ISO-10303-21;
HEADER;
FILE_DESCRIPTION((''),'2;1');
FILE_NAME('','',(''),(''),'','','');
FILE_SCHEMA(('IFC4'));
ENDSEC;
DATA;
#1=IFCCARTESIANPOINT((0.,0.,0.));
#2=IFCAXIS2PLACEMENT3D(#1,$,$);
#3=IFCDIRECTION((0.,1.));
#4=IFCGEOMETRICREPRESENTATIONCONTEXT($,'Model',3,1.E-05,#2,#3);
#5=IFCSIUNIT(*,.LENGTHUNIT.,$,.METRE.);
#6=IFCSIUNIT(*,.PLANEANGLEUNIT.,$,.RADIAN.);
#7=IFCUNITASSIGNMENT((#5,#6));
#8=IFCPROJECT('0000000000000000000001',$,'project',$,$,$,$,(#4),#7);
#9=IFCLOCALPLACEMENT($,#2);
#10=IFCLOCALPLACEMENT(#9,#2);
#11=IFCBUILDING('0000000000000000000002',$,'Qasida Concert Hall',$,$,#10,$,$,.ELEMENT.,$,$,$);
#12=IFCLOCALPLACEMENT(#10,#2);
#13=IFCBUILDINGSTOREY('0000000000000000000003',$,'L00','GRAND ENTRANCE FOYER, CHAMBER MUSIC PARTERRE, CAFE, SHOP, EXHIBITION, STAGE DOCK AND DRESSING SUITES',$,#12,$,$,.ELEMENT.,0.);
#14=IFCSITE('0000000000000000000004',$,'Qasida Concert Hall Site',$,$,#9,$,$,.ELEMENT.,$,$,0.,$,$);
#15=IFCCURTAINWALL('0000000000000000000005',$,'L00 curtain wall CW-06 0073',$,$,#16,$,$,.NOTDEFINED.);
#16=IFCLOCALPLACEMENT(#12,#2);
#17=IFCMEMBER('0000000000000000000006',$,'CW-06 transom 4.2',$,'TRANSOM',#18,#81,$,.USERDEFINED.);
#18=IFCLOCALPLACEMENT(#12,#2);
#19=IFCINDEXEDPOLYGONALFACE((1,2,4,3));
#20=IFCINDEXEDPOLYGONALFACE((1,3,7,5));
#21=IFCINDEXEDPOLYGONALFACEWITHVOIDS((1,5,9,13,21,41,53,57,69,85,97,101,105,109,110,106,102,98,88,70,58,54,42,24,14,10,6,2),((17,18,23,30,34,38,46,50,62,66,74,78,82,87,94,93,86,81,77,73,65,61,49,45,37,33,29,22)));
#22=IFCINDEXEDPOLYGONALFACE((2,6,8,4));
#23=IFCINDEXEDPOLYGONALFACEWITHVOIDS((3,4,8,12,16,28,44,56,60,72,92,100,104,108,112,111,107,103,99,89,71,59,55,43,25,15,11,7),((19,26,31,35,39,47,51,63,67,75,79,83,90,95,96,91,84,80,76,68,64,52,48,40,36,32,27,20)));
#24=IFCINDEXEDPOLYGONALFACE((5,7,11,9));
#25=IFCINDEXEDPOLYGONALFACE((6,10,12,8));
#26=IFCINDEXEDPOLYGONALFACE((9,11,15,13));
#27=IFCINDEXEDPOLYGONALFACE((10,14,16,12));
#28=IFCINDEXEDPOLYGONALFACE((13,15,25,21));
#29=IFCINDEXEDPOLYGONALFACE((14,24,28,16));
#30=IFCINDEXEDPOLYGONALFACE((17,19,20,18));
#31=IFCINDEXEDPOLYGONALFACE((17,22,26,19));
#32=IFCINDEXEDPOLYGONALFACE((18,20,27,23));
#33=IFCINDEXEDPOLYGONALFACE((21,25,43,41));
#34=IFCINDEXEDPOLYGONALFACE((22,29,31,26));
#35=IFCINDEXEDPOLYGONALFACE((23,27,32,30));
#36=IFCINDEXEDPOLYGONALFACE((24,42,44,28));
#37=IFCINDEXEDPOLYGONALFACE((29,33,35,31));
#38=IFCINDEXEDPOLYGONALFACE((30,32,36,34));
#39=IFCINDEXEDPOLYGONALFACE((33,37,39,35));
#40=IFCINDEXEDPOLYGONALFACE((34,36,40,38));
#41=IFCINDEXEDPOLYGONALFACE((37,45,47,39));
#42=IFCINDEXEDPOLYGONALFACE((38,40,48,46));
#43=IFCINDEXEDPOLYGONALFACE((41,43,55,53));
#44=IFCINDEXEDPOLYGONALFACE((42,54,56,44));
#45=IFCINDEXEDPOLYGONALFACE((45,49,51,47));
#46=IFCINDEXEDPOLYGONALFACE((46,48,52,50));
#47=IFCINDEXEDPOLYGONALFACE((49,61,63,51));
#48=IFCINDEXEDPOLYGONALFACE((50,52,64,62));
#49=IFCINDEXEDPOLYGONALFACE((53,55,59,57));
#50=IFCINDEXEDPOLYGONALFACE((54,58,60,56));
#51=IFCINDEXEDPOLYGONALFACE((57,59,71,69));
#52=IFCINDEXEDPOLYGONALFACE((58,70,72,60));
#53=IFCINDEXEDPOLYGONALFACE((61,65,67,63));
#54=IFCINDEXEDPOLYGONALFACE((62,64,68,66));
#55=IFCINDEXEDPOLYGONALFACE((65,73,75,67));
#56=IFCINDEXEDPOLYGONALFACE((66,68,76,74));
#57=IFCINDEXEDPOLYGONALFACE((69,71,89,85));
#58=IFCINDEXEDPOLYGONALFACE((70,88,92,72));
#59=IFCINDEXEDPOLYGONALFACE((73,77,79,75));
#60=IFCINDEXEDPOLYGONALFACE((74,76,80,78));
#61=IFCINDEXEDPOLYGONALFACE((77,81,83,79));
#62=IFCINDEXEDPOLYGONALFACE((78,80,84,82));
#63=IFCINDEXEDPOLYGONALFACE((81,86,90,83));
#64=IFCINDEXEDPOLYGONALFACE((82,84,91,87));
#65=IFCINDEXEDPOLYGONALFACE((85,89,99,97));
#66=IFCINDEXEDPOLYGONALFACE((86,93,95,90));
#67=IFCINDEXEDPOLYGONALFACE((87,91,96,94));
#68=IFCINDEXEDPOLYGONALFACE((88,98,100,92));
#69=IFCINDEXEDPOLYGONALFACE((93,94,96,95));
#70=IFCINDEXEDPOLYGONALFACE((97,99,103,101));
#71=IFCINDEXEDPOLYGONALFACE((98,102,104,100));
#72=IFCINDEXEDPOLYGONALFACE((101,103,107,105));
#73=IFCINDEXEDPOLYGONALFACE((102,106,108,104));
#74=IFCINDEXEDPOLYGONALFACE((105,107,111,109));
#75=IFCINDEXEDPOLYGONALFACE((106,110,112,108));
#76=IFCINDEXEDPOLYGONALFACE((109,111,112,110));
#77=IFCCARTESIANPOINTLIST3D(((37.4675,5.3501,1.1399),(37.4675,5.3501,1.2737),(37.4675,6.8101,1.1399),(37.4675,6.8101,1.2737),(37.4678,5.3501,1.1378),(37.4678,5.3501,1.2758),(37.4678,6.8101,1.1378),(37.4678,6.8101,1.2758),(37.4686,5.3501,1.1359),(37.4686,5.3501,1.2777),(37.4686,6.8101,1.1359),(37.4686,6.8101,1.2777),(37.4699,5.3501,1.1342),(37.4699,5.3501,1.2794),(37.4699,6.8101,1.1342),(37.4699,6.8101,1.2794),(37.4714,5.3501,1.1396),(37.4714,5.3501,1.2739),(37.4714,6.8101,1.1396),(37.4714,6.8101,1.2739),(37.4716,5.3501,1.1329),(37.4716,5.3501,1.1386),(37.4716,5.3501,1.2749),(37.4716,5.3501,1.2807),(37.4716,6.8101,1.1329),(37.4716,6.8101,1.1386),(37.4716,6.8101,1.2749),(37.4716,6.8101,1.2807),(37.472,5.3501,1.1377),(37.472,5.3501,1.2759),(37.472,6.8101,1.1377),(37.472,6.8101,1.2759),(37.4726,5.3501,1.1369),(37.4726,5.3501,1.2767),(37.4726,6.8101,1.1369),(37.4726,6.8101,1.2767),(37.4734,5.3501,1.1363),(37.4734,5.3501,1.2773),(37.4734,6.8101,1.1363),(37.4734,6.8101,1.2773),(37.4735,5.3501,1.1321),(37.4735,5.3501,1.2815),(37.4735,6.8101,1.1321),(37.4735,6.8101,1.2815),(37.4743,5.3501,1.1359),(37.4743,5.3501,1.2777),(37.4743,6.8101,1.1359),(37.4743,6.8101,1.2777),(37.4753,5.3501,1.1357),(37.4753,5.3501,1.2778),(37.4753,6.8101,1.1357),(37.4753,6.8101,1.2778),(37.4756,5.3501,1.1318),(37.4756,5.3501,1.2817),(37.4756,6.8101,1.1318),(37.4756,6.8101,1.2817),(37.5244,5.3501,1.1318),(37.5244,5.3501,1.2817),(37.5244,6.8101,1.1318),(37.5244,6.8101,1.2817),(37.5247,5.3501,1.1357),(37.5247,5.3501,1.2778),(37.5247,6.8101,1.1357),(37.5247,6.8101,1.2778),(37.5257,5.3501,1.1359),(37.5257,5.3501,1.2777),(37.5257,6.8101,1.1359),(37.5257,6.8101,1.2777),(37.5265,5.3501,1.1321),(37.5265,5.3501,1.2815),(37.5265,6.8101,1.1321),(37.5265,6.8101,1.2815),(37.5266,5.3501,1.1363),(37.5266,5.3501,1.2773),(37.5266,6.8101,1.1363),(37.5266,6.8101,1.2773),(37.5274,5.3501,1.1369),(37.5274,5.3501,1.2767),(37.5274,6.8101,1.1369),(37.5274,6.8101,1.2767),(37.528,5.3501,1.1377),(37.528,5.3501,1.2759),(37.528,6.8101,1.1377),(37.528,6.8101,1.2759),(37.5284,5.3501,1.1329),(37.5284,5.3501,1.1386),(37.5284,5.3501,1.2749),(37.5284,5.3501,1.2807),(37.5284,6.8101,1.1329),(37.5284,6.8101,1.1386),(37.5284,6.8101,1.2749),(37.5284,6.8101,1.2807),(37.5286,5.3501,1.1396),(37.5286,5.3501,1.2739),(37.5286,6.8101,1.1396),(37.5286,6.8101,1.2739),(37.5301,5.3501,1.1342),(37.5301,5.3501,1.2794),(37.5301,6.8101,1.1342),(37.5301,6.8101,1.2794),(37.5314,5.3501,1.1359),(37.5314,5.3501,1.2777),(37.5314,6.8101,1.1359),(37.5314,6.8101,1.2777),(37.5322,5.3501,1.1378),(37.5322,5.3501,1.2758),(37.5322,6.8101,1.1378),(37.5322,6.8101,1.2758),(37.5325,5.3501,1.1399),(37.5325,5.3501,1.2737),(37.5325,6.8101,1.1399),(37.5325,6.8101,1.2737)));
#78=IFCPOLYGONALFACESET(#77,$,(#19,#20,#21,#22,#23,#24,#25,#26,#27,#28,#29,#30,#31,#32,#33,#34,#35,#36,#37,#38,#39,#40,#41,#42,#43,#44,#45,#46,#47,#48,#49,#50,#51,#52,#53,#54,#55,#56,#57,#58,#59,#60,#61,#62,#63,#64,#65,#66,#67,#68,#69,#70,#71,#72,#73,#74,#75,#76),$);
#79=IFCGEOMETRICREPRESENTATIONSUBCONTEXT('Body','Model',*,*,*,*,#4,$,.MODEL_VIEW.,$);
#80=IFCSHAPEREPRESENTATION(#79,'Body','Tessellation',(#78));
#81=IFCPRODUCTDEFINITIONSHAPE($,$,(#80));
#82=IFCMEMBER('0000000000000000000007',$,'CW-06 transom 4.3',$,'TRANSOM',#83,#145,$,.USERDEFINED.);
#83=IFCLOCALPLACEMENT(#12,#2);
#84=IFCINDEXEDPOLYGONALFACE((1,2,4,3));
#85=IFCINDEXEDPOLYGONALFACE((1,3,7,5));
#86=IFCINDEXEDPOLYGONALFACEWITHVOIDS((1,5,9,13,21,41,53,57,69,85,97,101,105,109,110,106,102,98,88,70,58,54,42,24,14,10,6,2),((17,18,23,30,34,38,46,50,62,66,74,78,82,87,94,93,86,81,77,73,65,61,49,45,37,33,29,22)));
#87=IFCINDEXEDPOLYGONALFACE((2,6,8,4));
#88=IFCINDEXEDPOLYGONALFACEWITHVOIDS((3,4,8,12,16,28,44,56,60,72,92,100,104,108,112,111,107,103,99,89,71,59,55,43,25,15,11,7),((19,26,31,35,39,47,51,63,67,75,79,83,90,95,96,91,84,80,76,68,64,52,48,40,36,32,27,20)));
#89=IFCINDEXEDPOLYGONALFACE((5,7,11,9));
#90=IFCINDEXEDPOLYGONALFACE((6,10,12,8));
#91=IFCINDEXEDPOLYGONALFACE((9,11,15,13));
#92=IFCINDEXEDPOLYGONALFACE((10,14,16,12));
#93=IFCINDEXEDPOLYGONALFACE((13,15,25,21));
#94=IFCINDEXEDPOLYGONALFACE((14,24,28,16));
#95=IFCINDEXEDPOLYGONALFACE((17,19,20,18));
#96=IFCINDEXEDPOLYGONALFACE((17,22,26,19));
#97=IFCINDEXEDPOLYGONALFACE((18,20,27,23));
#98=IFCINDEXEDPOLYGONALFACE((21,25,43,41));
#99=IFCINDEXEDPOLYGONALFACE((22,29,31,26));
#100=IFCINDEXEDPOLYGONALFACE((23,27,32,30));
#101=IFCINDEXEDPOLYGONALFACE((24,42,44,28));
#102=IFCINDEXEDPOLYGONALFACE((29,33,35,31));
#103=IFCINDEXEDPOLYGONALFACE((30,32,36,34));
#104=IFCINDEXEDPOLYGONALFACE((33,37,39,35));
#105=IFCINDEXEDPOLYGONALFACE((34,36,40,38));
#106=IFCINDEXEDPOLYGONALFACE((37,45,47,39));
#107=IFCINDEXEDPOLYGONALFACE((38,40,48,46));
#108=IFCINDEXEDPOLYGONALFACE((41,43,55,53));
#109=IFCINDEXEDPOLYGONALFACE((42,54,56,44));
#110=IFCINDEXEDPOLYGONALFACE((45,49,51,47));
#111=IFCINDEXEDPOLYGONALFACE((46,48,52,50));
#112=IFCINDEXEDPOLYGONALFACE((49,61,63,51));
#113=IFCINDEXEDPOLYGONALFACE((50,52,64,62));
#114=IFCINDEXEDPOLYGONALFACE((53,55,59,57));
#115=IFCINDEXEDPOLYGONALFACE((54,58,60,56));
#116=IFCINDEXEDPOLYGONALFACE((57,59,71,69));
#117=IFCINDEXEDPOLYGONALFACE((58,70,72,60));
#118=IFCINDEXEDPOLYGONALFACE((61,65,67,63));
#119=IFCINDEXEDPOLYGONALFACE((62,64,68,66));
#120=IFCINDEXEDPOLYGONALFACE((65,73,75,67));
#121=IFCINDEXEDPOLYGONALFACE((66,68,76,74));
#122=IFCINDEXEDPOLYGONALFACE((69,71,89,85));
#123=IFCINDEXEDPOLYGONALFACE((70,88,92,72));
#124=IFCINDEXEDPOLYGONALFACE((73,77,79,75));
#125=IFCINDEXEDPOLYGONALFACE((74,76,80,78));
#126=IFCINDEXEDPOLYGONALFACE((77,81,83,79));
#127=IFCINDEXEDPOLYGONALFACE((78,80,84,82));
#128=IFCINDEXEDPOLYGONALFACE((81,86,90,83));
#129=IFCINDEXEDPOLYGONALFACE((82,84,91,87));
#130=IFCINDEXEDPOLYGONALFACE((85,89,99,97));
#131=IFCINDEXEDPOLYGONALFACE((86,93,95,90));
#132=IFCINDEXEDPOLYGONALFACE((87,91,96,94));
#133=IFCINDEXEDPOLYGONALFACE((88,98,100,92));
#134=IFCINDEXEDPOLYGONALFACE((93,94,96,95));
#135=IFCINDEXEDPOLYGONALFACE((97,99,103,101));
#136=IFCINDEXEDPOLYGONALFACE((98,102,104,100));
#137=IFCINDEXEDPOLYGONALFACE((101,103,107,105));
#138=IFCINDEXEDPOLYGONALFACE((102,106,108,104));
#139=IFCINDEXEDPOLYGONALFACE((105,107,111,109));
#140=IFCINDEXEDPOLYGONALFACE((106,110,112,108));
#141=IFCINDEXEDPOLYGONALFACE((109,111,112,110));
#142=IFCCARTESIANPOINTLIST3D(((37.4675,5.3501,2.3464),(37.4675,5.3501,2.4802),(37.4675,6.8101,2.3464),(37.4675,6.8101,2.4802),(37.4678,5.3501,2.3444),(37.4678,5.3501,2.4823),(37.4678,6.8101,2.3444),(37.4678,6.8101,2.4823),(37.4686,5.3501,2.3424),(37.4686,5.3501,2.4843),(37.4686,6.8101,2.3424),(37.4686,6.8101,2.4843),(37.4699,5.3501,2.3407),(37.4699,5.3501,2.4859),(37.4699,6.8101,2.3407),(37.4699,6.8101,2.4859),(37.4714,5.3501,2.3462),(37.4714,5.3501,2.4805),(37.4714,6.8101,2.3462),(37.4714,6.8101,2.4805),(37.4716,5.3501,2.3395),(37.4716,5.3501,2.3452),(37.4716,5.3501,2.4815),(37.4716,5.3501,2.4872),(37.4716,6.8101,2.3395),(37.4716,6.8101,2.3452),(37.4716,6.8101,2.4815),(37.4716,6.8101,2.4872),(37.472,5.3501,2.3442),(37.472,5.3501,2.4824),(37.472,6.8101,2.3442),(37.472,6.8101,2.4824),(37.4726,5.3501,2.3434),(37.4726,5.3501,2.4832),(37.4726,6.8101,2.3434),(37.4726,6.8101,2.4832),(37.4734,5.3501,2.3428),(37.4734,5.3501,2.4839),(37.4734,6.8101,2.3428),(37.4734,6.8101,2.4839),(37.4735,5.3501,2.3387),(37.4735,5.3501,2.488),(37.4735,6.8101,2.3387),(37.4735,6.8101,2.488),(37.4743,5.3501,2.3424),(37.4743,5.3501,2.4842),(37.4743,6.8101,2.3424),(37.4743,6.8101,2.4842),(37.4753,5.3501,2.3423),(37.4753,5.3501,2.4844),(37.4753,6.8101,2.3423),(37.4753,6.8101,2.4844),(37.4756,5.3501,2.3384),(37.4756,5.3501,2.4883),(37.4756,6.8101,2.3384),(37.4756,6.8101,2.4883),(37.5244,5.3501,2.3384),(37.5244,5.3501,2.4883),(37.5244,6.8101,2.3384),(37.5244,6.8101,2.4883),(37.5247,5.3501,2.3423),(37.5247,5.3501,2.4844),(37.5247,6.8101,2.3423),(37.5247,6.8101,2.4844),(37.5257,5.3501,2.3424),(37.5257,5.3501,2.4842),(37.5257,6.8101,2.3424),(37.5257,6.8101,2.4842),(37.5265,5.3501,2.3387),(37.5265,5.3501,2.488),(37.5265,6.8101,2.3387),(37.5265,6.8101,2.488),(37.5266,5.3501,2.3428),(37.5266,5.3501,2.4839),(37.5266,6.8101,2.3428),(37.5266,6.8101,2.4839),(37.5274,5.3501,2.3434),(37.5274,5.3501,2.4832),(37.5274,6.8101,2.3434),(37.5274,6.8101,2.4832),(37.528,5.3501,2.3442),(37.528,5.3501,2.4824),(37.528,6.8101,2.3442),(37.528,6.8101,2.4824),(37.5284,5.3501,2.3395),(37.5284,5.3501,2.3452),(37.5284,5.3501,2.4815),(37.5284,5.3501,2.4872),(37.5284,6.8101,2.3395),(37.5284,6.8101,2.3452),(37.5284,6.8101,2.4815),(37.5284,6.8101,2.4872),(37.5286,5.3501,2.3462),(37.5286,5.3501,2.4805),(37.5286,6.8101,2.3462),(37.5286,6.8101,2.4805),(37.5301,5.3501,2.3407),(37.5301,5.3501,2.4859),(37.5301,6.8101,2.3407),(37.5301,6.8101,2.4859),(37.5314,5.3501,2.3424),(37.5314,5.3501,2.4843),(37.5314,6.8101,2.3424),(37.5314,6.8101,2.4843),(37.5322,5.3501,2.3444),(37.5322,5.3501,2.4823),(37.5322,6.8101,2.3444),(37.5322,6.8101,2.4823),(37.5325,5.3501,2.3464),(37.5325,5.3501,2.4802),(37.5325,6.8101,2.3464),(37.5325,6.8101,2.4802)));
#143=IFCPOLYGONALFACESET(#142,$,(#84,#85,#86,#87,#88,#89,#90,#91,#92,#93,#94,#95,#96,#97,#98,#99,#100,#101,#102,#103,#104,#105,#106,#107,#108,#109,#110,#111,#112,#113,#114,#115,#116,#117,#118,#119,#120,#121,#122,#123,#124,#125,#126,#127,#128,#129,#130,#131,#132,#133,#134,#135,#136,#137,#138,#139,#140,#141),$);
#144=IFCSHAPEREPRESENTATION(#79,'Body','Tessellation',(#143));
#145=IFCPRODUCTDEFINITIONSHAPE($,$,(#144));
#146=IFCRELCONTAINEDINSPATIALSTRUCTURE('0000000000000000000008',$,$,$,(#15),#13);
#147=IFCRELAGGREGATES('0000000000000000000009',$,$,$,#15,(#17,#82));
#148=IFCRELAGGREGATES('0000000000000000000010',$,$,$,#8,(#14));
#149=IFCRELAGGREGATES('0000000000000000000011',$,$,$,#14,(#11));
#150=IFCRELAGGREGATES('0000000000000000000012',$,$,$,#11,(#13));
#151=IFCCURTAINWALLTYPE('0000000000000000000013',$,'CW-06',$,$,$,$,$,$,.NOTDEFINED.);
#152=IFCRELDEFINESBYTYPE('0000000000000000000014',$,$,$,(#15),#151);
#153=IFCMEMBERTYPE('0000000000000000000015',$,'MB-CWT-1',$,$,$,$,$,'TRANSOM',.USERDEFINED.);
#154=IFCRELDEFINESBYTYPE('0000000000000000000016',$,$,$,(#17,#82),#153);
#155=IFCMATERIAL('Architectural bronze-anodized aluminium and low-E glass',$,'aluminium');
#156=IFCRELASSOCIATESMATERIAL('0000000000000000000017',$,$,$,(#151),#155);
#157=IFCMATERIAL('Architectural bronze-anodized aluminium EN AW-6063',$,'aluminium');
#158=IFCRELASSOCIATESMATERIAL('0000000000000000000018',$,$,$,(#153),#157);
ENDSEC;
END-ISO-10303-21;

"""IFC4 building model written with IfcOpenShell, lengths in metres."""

from ifc_helpers import new_model, si_unit, direction, frame, origin, origin_2d, place, context, subcontext, project, spatial, hollow_rectangle, extrude, material, material_profile, profile_set, type_object, element, aggregate, save


model = new_model("IFC4")

# Units and contexts
model_context = context("Model", 3, precision=1e-05, world=origin(), true_north=direction((0.0, 1.0)))
body_context = subcontext(model_context, "Body", "Model", "MODEL_VIEW")
ifc_project = project(units=[si_unit("LENGTHUNIT", "METRE"), si_unit("PLANEANGLEUNIT", "RADIAN")], contexts=[model_context])

# Site, building, storey
site_placement = place(None, origin())
site = spatial("IfcSite", under=ifc_project, at=site_placement, Name="Qasida Concert Hall Site", CompositionType="ELEMENT", RefElevation=0.0)
building_placement = place(site_placement, origin())
building = spatial("IfcBuilding", under=site, at=building_placement, Name="Qasida Concert Hall", CompositionType="ELEMENT")
storey_placement = place(building_placement, origin())
storey = spatial("IfcBuildingStorey", under=building, at=storey_placement, Name="L00", Description="GRAND ENTRANCE FOYER, CHAMBER MUSIC PARTERRE, CAFE, SHOP, EXHIBITION, STAGE DOCK AND DRESSING SUITES", CompositionType="ELEMENT", Elevation=0.0)

# Curtain wall
ifc_material_1 = material(Name="Architectural bronze-anodized aluminium and low-E glass", Category="aluminium")
curtain_wall_type = type_object("IfcCurtainWallType", Name="CW-06", PredefinedType="NOTDEFINED", material=ifc_material_1)
curtain_wall_1_placement = place(storey_placement, origin())
curtain_wall_1 = element("IfcCurtainWall", 1, at=curtain_wall_1_placement, inside=storey, type_object=curtain_wall_type, Name="L00 curtain wall CW-06 0073", PredefinedType="NOTDEFINED")
ifc_material_2 = material(Name="Architectural bronze-anodized aluminium EN AW-6063", Category="aluminium")

# Members
ifc_material_profile_1 = material_profile(ifc_material_2, hollow_rectangle(XDim=0.0649, YDim=0.1499, WallThickness=0.0039, InnerFilletRadius=0.0039, OuterFilletRadius=0.0081, at=origin_2d()), Name="CWT 150x65x4")
ifc_profile_set_1 = profile_set([ifc_material_profile_1], Name="Architectural bronze-anodized aluminium EN AW-6063")
member_type_1 = type_object("IfcMemberType", Name="MB-CWT-1", ElementType="TRANSOM", PredefinedType="USERDEFINED", material=ifc_profile_set_1)
member_1_placement = place(storey_placement, frame((37.5, 5.3501, 1.2068), z_axis=(0.0, 1.0, 0.0), x_axis=(-1.0, 0.0, 0.0)))
member_1 = element("IfcMember", 2, at=member_1_placement, type_object=member_type_1, Name="CW-06 transom 4.2", ObjectType="TRANSOM", PredefinedType="USERDEFINED", context=body_context, shape_type="SweptSolid", body=[
    extrude(hollow_rectangle(XDim=0.0649, YDim=0.1499, WallThickness=0.0039, InnerFilletRadius=0.0039, OuterFilletRadius=0.0081, at=origin_2d()), origin(), (0.0, 0.0, 1.0), 1.46),
])
member_2_placement = place(storey_placement, frame((37.5, 5.3501, 2.4133), z_axis=(0.0, 1.0, 0.0), x_axis=(-1.0, 0.0, 0.0)))
member_2 = element("IfcMember", 3, at=member_2_placement, type_object=member_type_1, Name="CW-06 transom 4.3", ObjectType="TRANSOM", PredefinedType="USERDEFINED", context=body_context, shape_type="SweptSolid", body=[
    extrude(hollow_rectangle(XDim=0.0649, YDim=0.1499, WallThickness=0.0039, InnerFilletRadius=0.0039, OuterFilletRadius=0.0081, at=origin_2d()), origin(), (0.0, 0.0, 1.0), 1.46),
])

aggregate(curtain_wall_1, [member_1, member_2])

save(model, "model.ifc")
